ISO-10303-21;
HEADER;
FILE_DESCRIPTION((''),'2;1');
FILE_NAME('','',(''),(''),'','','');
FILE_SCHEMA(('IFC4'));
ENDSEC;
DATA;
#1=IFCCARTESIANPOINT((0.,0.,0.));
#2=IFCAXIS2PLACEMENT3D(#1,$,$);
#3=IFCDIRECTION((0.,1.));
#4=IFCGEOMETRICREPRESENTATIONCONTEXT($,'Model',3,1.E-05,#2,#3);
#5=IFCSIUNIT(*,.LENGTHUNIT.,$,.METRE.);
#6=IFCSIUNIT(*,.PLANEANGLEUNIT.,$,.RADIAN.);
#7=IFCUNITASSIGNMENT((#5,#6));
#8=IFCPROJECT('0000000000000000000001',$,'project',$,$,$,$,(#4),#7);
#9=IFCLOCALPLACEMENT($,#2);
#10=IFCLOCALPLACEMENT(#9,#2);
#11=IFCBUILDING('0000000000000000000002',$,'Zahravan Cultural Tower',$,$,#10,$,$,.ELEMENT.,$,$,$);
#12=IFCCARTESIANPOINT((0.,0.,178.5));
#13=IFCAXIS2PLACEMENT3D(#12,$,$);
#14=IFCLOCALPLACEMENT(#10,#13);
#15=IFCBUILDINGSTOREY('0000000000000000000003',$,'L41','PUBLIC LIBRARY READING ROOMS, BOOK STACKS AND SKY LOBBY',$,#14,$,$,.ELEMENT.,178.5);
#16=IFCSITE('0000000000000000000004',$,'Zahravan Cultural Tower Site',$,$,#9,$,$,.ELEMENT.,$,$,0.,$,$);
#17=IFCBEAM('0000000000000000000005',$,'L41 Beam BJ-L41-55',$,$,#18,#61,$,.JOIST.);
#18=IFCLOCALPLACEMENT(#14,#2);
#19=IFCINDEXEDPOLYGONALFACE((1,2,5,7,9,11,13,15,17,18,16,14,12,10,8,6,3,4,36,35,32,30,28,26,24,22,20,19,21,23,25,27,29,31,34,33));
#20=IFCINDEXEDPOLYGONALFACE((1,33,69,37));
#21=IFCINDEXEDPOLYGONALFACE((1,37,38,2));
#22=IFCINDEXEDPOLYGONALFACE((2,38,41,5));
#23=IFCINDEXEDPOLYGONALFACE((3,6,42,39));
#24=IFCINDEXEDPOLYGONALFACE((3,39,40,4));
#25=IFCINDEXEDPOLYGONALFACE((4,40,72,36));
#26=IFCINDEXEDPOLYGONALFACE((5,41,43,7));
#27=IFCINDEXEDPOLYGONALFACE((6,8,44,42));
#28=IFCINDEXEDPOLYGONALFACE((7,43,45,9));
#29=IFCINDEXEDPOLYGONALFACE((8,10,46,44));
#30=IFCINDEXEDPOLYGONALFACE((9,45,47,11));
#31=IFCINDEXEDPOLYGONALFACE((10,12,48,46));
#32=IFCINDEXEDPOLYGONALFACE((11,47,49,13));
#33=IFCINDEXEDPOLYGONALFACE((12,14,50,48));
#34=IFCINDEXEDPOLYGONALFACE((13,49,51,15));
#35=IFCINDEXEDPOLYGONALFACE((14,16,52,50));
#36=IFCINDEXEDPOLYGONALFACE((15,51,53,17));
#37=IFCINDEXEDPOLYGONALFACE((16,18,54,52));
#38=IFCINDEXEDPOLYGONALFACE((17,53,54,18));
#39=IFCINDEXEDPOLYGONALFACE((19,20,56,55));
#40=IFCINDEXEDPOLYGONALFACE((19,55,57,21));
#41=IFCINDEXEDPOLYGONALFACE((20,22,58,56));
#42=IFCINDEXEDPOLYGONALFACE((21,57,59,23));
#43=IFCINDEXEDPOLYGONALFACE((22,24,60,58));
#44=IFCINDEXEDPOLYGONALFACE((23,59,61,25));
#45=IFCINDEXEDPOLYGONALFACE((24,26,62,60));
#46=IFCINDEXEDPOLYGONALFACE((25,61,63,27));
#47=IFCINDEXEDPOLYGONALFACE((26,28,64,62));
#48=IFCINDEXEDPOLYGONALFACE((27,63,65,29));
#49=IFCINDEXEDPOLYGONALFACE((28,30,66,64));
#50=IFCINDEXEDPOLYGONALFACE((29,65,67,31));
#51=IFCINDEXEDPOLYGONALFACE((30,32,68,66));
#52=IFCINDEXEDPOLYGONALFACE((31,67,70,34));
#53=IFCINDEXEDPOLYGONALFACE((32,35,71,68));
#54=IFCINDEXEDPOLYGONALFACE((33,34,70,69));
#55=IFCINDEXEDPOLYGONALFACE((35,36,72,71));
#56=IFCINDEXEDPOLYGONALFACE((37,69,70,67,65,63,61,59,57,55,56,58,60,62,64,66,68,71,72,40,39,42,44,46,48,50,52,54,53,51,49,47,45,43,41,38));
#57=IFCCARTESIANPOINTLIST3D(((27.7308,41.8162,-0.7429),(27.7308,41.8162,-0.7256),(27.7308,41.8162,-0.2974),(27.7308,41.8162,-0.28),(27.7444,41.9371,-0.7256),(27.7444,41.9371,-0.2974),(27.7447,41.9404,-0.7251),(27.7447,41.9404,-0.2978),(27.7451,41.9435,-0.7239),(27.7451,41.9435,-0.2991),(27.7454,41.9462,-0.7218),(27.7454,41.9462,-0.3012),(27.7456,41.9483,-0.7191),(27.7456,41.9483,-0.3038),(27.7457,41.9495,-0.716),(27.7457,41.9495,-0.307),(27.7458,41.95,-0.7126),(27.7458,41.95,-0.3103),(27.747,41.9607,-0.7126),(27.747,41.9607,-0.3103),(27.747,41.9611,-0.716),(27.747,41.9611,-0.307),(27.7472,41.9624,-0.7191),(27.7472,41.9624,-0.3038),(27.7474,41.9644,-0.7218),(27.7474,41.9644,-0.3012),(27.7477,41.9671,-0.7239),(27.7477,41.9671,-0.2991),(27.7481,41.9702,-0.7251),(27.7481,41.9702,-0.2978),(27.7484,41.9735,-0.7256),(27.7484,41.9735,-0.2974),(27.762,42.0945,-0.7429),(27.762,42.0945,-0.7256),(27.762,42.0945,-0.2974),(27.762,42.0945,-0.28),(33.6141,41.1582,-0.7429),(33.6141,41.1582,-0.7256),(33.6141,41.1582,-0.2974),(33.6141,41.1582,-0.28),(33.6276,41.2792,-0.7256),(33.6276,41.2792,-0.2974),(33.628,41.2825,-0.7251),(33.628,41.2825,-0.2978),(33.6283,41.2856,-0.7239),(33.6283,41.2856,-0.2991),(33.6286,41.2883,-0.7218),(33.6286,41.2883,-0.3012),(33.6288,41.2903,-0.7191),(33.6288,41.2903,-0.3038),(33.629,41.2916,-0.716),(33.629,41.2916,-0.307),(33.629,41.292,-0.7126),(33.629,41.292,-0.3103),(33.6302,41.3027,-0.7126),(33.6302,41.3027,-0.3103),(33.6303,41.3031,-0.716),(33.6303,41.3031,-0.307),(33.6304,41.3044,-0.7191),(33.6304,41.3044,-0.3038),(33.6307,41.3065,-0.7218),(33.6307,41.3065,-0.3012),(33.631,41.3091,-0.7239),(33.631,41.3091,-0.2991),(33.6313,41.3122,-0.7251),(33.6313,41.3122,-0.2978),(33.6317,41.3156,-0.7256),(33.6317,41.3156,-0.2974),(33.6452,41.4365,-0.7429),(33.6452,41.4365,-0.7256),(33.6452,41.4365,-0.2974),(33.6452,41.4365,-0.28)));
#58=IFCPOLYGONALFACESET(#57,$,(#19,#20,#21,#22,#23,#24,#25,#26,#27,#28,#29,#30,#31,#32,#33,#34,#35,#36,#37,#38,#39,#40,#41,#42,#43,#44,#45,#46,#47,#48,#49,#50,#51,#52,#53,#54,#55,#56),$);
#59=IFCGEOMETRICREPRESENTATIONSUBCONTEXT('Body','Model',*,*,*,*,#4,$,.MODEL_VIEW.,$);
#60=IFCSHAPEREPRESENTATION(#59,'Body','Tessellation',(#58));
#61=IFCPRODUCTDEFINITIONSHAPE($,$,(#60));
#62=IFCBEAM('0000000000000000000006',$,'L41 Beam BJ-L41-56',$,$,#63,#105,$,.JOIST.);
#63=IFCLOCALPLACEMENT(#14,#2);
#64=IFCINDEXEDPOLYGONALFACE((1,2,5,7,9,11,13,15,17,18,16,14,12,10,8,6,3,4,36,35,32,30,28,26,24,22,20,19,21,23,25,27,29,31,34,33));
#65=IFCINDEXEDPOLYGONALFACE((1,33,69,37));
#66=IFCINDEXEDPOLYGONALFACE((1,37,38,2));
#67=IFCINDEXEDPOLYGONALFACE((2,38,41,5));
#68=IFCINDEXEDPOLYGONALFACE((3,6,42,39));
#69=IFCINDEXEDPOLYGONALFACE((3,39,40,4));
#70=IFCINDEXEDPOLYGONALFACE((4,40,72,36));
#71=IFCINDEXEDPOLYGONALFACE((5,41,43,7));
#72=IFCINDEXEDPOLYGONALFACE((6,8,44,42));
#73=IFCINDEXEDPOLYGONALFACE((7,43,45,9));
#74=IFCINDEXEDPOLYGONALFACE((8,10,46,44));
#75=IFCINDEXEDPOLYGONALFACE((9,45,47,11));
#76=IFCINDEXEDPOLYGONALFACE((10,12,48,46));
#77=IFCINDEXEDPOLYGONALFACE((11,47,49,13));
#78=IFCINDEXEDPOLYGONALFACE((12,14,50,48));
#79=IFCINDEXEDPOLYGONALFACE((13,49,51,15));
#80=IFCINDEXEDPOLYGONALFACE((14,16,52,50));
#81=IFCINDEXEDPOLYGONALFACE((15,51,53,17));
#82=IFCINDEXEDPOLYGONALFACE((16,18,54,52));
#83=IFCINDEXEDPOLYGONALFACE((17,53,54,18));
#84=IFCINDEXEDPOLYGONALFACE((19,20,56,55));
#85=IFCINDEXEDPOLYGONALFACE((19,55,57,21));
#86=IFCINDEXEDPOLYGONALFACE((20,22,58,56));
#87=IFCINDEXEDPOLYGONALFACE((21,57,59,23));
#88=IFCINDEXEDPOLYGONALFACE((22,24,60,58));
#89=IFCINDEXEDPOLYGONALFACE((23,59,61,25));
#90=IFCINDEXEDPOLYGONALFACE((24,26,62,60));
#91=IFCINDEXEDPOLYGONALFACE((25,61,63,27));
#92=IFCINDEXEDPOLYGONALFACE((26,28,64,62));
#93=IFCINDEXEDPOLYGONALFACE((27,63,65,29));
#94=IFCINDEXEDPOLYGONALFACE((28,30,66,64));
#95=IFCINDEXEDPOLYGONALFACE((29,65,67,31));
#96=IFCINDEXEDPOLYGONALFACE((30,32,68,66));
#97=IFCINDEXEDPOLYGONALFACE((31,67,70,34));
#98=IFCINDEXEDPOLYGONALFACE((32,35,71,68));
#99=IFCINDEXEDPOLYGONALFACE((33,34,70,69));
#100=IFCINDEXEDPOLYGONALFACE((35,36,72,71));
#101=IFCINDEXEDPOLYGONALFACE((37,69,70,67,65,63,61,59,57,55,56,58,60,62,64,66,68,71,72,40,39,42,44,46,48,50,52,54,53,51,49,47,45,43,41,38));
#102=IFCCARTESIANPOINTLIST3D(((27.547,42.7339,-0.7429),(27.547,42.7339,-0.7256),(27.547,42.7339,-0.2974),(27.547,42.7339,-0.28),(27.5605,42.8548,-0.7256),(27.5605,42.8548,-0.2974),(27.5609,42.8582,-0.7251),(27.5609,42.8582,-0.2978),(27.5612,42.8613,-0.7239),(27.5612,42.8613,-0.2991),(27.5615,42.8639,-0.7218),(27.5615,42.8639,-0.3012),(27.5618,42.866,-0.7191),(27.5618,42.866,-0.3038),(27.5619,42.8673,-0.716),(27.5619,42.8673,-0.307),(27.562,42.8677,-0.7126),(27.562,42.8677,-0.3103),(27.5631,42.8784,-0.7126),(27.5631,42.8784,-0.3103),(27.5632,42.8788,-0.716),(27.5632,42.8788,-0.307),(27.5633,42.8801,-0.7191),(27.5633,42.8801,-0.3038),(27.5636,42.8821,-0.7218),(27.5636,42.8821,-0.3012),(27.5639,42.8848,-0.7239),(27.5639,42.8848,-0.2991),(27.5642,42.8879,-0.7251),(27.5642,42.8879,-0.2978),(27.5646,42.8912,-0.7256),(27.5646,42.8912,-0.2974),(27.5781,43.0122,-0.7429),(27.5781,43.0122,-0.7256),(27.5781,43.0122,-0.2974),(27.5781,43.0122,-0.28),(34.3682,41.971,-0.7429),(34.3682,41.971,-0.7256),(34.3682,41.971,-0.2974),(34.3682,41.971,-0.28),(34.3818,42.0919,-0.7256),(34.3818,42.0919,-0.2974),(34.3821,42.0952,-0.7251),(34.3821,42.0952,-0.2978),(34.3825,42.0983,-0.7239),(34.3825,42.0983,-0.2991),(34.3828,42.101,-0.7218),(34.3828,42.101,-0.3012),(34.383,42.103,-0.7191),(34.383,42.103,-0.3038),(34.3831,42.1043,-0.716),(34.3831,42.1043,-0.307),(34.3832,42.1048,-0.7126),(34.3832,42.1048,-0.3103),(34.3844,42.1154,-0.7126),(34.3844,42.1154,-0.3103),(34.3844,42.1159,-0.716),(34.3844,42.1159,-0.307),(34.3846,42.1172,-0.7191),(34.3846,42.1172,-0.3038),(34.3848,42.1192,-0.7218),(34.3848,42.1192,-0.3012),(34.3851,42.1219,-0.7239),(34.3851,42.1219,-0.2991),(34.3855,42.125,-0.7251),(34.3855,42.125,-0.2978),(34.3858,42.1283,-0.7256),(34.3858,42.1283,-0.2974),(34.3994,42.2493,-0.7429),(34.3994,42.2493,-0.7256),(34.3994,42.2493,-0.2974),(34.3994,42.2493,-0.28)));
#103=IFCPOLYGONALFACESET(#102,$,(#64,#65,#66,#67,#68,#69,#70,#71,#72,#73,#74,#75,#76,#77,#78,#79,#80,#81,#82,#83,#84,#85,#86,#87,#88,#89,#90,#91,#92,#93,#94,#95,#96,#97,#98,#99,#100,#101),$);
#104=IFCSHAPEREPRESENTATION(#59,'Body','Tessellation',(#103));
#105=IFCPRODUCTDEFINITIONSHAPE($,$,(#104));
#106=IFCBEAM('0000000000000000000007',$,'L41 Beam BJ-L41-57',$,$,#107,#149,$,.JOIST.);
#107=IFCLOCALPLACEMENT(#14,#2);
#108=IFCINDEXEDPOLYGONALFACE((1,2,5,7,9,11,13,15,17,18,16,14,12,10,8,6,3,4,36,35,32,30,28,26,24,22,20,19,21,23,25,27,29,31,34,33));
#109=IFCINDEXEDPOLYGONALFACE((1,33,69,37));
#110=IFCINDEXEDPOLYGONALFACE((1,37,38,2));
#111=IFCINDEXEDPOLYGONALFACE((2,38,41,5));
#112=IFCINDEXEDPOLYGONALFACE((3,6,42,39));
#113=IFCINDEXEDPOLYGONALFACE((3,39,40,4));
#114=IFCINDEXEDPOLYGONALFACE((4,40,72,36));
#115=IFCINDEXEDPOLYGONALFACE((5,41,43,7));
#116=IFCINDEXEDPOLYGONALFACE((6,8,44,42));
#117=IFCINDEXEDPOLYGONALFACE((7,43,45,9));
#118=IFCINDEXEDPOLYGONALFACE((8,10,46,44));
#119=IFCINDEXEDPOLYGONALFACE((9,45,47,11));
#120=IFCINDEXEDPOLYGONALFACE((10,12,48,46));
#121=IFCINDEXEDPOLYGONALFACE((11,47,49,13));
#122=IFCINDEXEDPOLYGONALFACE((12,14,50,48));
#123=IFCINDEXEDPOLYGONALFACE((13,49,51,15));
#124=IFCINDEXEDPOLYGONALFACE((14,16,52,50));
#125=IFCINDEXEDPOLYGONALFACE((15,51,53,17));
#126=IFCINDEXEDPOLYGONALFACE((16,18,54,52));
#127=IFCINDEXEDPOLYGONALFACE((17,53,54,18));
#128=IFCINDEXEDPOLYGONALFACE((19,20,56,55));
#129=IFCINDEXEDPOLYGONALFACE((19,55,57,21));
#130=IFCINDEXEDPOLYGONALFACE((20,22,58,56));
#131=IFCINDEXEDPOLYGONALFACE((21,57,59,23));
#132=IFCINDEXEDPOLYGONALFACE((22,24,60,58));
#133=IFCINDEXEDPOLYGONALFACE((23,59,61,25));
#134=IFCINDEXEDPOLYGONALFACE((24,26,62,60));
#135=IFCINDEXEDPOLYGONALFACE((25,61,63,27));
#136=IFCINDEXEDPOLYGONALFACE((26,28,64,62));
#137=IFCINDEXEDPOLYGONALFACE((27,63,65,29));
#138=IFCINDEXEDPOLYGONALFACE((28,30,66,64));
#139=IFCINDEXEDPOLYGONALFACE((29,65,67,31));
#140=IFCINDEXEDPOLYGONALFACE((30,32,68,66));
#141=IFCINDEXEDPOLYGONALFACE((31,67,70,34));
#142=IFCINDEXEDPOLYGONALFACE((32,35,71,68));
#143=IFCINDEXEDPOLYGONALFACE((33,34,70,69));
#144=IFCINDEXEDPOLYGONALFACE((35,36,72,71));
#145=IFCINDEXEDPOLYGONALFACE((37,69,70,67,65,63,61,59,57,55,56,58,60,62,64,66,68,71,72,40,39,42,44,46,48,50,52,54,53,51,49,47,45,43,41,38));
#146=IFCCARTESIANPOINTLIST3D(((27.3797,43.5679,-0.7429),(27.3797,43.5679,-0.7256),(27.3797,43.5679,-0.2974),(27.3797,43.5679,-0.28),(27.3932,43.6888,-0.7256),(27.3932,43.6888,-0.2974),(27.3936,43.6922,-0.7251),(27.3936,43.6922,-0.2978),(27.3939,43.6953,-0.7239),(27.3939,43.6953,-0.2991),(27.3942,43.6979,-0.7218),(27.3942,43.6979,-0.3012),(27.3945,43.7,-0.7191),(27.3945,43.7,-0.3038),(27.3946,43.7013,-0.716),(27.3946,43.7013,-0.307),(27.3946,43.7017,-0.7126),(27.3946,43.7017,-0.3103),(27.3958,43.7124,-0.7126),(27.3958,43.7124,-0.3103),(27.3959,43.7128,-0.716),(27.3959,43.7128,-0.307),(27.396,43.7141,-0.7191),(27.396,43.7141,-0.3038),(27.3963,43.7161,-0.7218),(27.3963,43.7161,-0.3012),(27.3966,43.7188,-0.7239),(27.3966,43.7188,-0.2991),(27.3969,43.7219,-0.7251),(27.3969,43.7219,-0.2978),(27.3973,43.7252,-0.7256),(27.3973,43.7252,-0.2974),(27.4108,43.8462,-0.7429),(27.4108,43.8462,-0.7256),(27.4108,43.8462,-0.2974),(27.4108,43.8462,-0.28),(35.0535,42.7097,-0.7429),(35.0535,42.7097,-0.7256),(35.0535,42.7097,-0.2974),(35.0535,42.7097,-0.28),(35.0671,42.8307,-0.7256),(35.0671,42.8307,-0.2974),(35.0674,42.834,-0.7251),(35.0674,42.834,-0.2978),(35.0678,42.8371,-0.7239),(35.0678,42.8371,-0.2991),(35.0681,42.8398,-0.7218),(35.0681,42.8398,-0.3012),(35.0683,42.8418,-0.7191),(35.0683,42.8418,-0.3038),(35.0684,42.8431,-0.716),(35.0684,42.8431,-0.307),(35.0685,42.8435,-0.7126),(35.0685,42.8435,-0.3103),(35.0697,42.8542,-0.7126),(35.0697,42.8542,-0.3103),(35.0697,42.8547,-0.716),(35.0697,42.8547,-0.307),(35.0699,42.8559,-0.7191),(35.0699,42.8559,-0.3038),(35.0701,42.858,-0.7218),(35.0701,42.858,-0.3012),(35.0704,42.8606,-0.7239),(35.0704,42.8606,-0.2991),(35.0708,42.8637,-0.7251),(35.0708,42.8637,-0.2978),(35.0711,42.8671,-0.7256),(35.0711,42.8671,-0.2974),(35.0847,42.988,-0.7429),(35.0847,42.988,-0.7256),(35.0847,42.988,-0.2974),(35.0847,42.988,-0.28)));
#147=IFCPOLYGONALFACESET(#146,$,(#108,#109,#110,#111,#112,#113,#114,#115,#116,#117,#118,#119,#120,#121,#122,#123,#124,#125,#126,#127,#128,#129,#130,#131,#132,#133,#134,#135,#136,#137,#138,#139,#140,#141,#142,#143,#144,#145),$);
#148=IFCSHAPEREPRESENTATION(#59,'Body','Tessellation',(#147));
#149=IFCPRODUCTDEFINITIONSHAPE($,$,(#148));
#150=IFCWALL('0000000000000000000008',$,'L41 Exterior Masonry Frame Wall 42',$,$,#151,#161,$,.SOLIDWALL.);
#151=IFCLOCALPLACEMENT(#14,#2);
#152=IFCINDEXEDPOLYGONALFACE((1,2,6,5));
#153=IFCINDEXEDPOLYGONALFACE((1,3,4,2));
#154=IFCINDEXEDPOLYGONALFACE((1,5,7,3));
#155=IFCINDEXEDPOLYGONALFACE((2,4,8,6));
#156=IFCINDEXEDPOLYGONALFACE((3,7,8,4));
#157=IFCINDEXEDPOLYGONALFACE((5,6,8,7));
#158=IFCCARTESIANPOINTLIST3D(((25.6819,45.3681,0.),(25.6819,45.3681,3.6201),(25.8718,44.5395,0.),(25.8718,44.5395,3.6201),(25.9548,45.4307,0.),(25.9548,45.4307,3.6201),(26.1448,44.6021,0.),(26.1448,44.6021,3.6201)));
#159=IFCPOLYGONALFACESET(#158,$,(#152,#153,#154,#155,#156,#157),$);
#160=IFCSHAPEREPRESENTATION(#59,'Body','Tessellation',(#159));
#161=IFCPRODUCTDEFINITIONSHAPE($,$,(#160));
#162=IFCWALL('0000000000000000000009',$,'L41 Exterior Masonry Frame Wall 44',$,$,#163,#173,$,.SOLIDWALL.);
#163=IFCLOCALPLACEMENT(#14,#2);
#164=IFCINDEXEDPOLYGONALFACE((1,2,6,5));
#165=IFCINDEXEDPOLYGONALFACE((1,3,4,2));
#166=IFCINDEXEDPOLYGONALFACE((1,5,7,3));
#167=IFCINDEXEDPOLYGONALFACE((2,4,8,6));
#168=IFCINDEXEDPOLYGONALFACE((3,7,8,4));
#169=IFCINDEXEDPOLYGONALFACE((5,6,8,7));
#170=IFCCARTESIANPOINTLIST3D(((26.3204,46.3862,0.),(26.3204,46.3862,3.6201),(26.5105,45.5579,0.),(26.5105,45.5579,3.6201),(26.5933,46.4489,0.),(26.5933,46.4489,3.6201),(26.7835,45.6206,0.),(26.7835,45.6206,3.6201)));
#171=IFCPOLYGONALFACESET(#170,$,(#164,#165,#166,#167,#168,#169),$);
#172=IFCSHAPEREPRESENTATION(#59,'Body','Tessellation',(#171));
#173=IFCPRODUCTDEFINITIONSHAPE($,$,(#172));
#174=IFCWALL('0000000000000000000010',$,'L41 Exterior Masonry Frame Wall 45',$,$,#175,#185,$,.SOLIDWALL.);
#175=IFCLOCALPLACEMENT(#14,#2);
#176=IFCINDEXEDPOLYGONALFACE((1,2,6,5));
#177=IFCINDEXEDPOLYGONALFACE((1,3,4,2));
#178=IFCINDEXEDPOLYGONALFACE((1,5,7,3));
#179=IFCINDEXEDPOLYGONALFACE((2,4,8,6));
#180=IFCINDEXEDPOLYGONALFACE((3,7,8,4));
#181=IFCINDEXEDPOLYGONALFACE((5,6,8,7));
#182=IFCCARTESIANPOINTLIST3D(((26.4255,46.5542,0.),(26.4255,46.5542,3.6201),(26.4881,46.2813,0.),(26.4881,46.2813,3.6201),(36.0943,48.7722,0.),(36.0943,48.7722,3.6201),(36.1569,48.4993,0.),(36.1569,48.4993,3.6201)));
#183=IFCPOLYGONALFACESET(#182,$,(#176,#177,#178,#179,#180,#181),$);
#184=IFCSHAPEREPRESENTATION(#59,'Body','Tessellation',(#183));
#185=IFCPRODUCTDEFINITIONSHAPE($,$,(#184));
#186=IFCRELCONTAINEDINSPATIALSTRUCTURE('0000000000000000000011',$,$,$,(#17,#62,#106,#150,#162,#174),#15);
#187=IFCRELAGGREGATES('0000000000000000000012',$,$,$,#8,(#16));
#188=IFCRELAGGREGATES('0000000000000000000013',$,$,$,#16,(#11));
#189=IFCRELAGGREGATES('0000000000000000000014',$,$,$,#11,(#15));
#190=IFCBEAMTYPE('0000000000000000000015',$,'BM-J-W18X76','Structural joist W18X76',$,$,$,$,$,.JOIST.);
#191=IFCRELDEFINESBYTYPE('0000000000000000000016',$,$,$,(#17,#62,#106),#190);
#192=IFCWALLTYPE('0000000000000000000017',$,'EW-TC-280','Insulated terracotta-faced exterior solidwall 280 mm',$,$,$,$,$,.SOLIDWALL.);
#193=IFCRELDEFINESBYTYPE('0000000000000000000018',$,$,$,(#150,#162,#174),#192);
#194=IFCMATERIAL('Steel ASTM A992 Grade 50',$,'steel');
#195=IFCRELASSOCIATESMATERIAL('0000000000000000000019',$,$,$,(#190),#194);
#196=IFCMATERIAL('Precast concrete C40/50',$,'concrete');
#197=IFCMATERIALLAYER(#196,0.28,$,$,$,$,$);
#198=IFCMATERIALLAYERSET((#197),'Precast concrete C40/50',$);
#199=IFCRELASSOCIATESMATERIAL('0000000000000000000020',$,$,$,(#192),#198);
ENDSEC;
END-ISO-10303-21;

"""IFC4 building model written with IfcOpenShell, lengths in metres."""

from ifc_helpers import new_model, si_unit, direction, frame, frame_2d, origin, origin_2d, place, context, subcontext, project, spatial, rectangle, i_section, extrude, source, transform, mapped, material, layer, layer_set, material_profile, profile_set, type_object, element, save


model = new_model("IFC4")

# Units and contexts
model_context = context("Model", 3, precision=1e-05, world=origin(), true_north=direction((0.0, 1.0)))
body_context = subcontext(model_context, "Body", "Model", "MODEL_VIEW")
ifc_project = project(units=[si_unit("LENGTHUNIT", "METRE"), si_unit("PLANEANGLEUNIT", "RADIAN")], contexts=[model_context])

# Site, building, storey
site_placement = place(None, origin())
site = spatial("IfcSite", under=ifc_project, at=site_placement, Name="Zahravan Cultural Tower Site", CompositionType="ELEMENT", RefElevation=0.0)
building_placement = place(site_placement, origin())
building = spatial("IfcBuilding", under=site, at=building_placement, Name="Zahravan Cultural Tower", CompositionType="ELEMENT")
storey_placement = place(building_placement, frame((0.0, 0.0, 178.5)))
storey = spatial("IfcBuildingStorey", under=building, at=storey_placement, Name="L41", Description="PUBLIC LIBRARY READING ROOMS, BOOK STACKS AND SKY LOBBY", CompositionType="ELEMENT", Elevation=178.5)

# Shared definitions
ifc_material_1 = material(Name="Steel ASTM A992 Grade 50", Category="steel")

# Beams
ifc_material_profile_1 = material_profile(ifc_material_1, i_section(OverallWidth=0.28, OverallDepth=0.4629, WebThickness=0.0107, FlangeThickness=0.0173, FilletRadius=0.0129, at=origin_2d()), Name="W18X76")
ifc_profile_set_1 = profile_set([ifc_material_profile_1], Name="Steel ASTM A992 Grade 50")
beam_type_1 = type_object("IfcBeamType", Name="BM-J-W18X76", Description="Structural joist W18X76", PredefinedType="JOIST", material=ifc_profile_set_1)
shared_shape_1 = source(origin(), body_context, "Body", "SweptSolid", [
    extrude(i_section(OverallWidth=0.28, OverallDepth=0.4629, WebThickness=0.0107, FlangeThickness=0.0173, FilletRadius=0.0129, at=origin_2d()), origin(), (0.0, 0.0, 1.0), 5.9199),
])
beam_1_placement = place(storey_placement, frame((33.6296, 41.2974, -0.5115), z_axis=(-0.993805, 0.111142, 0.0), x_axis=(-0.111142, -0.993805, 0.0)))
element("IfcBeam", 1, at=beam_1_placement, inside=storey, type_object=beam_type_1, Name="L41 Beam BJ-L41-55", PredefinedType="JOIST", context=body_context, shape_type="MappedRepresentation", body=[
    mapped(shared_shape_1, transform((0.0, 0.0, 0.0), x_axis=(1.0, 0.0, 0.0), y_axis=(0.0, 1.0, 0.0), z_axis=(0.0, 0.0, 1.0), scale=1.0)),
])
shared_shape_2 = source(origin(), body_context, "Body", "SweptSolid", [
    extrude(i_section(OverallWidth=0.28, OverallDepth=0.4629, WebThickness=0.0107, FlangeThickness=0.0173, FilletRadius=0.0129, at=origin_2d()), origin(), (0.0, 0.0, 1.0), 6.8638),
])
beam_2_placement = place(storey_placement, frame((34.3838, 42.1101, -0.5115), z_axis=(-0.993803, 0.111154, 0.0), x_axis=(-0.111154, -0.993803, 0.0)))
element("IfcBeam", 2, at=beam_2_placement, inside=storey, type_object=beam_type_1, Name="L41 Beam BJ-L41-56", PredefinedType="JOIST", context=body_context, shape_type="MappedRepresentation", body=[
    mapped(shared_shape_2, transform((0.0, 0.0, 0.0), x_axis=(1.0, 0.0, 0.0), y_axis=(0.0, 1.0, 0.0), z_axis=(0.0, 0.0, 1.0), scale=1.0)),
])
shared_shape_3 = source(origin(), body_context, "Body", "SweptSolid", [
    extrude(i_section(OverallWidth=0.28, OverallDepth=0.4629, WebThickness=0.0107, FlangeThickness=0.0173, FilletRadius=0.0129, at=origin_2d()), origin(), (0.0, 0.0, 1.0), 7.7217),
])
beam_3_placement = place(storey_placement, frame((35.0691, 42.8489, -0.5115), z_axis=(-0.993805, 0.111136, 0.0), x_axis=(-0.111136, -0.993805, 0.0)))
element("IfcBeam", 3, at=beam_3_placement, inside=storey, type_object=beam_type_1, Name="L41 Beam BJ-L41-57", PredefinedType="JOIST", context=body_context, shape_type="MappedRepresentation", body=[
    mapped(shared_shape_3, transform((0.0, 0.0, 0.0), x_axis=(1.0, 0.0, 0.0), y_axis=(0.0, 1.0, 0.0), z_axis=(0.0, 0.0, 1.0), scale=1.0)),
])

# Walls
ifc_material_2 = material(Name="Precast concrete C40/50", Category="concrete")
ifc_layer_1 = layer(ifc_material_2, 0.28)
ifc_layer_set_1 = layer_set([ifc_layer_1], Name="Precast concrete C40/50")
wall_type_1 = type_object("IfcWallType", Name="EW-TC-280", Description="Insulated terracotta-faced exterior solidwall 280 mm", PredefinedType="SOLIDWALL", material=ifc_layer_set_1)
shared_shape_4 = source(origin(), body_context, "Body", "SweptSolid", [
    extrude(rectangle(XDim=0.8501, YDim=0.28, at=frame_2d((0.425, 0.0))), origin(), (0.0, 0.0, 1.0), 3.6201),
])
wall_1_placement = place(storey_placement, frame((26.0083, 44.5708, 0.0), z_axis=(0.0, 0.0, 1.0), x_axis=(-0.223433, 0.974719, 0.0)))
element("IfcWall", 4, at=wall_1_placement, inside=storey, type_object=wall_type_1, Name="L41 Exterior Masonry Frame Wall 42", PredefinedType="SOLIDWALL", context=body_context, shape_type="MappedRepresentation", body=[
    mapped(shared_shape_4, transform((0.0, 0.0, 0.0), x_axis=(1.0, 0.0, 0.0), y_axis=(0.0, 1.0, 0.0), z_axis=(0.0, 0.0, 1.0), scale=1.0)),
])
shared_shape_5 = source(origin(), body_context, "Body", "SweptSolid", [
    extrude(rectangle(XDim=0.8499, YDim=0.28, at=frame_2d((0.4248, 0.0))), origin(), (0.0, 0.0, 1.0), 3.6201),
])
wall_2_placement = place(storey_placement, frame((26.647, 45.5894, 0.0), z_axis=(0.0, 0.0, 1.0), x_axis=(-0.223768, 0.974642, 0.0)))
element("IfcWall", 5, at=wall_2_placement, inside=storey, type_object=wall_type_1, Name="L41 Exterior Masonry Frame Wall 44", PredefinedType="SOLIDWALL", context=body_context, shape_type="MappedRepresentation", body=[
    mapped(shared_shape_5, transform((0.0, 0.0, 0.0), x_axis=(1.0, 0.0, 0.0), y_axis=(0.0, 1.0, 0.0), z_axis=(0.0, 0.0, 1.0), scale=1.0)),
])
shared_shape_6 = source(origin(), body_context, "Body", "SweptSolid", [
    extrude(rectangle(XDim=9.9199, YDim=0.28, at=frame_2d((4.96, 0.0))), origin(), (0.0, 0.0, 1.0), 3.6201),
])
wall_3_placement = place(storey_placement, frame((26.4568, 46.4177, 0.0), z_axis=(0.0, 0.0, 1.0), x_axis=(0.974682, 0.223594, 0.0)))
element("IfcWall", 6, at=wall_3_placement, inside=storey, type_object=wall_type_1, Name="L41 Exterior Masonry Frame Wall 45", PredefinedType="SOLIDWALL", context=body_context, shape_type="MappedRepresentation", body=[
    mapped(shared_shape_6, transform((0.0, 0.0, 0.0), x_axis=(1.0, 0.0, 0.0), y_axis=(0.0, 1.0, 0.0), z_axis=(0.0, 0.0, 1.0), scale=1.0)),
])

save(model, "model.ifc")
